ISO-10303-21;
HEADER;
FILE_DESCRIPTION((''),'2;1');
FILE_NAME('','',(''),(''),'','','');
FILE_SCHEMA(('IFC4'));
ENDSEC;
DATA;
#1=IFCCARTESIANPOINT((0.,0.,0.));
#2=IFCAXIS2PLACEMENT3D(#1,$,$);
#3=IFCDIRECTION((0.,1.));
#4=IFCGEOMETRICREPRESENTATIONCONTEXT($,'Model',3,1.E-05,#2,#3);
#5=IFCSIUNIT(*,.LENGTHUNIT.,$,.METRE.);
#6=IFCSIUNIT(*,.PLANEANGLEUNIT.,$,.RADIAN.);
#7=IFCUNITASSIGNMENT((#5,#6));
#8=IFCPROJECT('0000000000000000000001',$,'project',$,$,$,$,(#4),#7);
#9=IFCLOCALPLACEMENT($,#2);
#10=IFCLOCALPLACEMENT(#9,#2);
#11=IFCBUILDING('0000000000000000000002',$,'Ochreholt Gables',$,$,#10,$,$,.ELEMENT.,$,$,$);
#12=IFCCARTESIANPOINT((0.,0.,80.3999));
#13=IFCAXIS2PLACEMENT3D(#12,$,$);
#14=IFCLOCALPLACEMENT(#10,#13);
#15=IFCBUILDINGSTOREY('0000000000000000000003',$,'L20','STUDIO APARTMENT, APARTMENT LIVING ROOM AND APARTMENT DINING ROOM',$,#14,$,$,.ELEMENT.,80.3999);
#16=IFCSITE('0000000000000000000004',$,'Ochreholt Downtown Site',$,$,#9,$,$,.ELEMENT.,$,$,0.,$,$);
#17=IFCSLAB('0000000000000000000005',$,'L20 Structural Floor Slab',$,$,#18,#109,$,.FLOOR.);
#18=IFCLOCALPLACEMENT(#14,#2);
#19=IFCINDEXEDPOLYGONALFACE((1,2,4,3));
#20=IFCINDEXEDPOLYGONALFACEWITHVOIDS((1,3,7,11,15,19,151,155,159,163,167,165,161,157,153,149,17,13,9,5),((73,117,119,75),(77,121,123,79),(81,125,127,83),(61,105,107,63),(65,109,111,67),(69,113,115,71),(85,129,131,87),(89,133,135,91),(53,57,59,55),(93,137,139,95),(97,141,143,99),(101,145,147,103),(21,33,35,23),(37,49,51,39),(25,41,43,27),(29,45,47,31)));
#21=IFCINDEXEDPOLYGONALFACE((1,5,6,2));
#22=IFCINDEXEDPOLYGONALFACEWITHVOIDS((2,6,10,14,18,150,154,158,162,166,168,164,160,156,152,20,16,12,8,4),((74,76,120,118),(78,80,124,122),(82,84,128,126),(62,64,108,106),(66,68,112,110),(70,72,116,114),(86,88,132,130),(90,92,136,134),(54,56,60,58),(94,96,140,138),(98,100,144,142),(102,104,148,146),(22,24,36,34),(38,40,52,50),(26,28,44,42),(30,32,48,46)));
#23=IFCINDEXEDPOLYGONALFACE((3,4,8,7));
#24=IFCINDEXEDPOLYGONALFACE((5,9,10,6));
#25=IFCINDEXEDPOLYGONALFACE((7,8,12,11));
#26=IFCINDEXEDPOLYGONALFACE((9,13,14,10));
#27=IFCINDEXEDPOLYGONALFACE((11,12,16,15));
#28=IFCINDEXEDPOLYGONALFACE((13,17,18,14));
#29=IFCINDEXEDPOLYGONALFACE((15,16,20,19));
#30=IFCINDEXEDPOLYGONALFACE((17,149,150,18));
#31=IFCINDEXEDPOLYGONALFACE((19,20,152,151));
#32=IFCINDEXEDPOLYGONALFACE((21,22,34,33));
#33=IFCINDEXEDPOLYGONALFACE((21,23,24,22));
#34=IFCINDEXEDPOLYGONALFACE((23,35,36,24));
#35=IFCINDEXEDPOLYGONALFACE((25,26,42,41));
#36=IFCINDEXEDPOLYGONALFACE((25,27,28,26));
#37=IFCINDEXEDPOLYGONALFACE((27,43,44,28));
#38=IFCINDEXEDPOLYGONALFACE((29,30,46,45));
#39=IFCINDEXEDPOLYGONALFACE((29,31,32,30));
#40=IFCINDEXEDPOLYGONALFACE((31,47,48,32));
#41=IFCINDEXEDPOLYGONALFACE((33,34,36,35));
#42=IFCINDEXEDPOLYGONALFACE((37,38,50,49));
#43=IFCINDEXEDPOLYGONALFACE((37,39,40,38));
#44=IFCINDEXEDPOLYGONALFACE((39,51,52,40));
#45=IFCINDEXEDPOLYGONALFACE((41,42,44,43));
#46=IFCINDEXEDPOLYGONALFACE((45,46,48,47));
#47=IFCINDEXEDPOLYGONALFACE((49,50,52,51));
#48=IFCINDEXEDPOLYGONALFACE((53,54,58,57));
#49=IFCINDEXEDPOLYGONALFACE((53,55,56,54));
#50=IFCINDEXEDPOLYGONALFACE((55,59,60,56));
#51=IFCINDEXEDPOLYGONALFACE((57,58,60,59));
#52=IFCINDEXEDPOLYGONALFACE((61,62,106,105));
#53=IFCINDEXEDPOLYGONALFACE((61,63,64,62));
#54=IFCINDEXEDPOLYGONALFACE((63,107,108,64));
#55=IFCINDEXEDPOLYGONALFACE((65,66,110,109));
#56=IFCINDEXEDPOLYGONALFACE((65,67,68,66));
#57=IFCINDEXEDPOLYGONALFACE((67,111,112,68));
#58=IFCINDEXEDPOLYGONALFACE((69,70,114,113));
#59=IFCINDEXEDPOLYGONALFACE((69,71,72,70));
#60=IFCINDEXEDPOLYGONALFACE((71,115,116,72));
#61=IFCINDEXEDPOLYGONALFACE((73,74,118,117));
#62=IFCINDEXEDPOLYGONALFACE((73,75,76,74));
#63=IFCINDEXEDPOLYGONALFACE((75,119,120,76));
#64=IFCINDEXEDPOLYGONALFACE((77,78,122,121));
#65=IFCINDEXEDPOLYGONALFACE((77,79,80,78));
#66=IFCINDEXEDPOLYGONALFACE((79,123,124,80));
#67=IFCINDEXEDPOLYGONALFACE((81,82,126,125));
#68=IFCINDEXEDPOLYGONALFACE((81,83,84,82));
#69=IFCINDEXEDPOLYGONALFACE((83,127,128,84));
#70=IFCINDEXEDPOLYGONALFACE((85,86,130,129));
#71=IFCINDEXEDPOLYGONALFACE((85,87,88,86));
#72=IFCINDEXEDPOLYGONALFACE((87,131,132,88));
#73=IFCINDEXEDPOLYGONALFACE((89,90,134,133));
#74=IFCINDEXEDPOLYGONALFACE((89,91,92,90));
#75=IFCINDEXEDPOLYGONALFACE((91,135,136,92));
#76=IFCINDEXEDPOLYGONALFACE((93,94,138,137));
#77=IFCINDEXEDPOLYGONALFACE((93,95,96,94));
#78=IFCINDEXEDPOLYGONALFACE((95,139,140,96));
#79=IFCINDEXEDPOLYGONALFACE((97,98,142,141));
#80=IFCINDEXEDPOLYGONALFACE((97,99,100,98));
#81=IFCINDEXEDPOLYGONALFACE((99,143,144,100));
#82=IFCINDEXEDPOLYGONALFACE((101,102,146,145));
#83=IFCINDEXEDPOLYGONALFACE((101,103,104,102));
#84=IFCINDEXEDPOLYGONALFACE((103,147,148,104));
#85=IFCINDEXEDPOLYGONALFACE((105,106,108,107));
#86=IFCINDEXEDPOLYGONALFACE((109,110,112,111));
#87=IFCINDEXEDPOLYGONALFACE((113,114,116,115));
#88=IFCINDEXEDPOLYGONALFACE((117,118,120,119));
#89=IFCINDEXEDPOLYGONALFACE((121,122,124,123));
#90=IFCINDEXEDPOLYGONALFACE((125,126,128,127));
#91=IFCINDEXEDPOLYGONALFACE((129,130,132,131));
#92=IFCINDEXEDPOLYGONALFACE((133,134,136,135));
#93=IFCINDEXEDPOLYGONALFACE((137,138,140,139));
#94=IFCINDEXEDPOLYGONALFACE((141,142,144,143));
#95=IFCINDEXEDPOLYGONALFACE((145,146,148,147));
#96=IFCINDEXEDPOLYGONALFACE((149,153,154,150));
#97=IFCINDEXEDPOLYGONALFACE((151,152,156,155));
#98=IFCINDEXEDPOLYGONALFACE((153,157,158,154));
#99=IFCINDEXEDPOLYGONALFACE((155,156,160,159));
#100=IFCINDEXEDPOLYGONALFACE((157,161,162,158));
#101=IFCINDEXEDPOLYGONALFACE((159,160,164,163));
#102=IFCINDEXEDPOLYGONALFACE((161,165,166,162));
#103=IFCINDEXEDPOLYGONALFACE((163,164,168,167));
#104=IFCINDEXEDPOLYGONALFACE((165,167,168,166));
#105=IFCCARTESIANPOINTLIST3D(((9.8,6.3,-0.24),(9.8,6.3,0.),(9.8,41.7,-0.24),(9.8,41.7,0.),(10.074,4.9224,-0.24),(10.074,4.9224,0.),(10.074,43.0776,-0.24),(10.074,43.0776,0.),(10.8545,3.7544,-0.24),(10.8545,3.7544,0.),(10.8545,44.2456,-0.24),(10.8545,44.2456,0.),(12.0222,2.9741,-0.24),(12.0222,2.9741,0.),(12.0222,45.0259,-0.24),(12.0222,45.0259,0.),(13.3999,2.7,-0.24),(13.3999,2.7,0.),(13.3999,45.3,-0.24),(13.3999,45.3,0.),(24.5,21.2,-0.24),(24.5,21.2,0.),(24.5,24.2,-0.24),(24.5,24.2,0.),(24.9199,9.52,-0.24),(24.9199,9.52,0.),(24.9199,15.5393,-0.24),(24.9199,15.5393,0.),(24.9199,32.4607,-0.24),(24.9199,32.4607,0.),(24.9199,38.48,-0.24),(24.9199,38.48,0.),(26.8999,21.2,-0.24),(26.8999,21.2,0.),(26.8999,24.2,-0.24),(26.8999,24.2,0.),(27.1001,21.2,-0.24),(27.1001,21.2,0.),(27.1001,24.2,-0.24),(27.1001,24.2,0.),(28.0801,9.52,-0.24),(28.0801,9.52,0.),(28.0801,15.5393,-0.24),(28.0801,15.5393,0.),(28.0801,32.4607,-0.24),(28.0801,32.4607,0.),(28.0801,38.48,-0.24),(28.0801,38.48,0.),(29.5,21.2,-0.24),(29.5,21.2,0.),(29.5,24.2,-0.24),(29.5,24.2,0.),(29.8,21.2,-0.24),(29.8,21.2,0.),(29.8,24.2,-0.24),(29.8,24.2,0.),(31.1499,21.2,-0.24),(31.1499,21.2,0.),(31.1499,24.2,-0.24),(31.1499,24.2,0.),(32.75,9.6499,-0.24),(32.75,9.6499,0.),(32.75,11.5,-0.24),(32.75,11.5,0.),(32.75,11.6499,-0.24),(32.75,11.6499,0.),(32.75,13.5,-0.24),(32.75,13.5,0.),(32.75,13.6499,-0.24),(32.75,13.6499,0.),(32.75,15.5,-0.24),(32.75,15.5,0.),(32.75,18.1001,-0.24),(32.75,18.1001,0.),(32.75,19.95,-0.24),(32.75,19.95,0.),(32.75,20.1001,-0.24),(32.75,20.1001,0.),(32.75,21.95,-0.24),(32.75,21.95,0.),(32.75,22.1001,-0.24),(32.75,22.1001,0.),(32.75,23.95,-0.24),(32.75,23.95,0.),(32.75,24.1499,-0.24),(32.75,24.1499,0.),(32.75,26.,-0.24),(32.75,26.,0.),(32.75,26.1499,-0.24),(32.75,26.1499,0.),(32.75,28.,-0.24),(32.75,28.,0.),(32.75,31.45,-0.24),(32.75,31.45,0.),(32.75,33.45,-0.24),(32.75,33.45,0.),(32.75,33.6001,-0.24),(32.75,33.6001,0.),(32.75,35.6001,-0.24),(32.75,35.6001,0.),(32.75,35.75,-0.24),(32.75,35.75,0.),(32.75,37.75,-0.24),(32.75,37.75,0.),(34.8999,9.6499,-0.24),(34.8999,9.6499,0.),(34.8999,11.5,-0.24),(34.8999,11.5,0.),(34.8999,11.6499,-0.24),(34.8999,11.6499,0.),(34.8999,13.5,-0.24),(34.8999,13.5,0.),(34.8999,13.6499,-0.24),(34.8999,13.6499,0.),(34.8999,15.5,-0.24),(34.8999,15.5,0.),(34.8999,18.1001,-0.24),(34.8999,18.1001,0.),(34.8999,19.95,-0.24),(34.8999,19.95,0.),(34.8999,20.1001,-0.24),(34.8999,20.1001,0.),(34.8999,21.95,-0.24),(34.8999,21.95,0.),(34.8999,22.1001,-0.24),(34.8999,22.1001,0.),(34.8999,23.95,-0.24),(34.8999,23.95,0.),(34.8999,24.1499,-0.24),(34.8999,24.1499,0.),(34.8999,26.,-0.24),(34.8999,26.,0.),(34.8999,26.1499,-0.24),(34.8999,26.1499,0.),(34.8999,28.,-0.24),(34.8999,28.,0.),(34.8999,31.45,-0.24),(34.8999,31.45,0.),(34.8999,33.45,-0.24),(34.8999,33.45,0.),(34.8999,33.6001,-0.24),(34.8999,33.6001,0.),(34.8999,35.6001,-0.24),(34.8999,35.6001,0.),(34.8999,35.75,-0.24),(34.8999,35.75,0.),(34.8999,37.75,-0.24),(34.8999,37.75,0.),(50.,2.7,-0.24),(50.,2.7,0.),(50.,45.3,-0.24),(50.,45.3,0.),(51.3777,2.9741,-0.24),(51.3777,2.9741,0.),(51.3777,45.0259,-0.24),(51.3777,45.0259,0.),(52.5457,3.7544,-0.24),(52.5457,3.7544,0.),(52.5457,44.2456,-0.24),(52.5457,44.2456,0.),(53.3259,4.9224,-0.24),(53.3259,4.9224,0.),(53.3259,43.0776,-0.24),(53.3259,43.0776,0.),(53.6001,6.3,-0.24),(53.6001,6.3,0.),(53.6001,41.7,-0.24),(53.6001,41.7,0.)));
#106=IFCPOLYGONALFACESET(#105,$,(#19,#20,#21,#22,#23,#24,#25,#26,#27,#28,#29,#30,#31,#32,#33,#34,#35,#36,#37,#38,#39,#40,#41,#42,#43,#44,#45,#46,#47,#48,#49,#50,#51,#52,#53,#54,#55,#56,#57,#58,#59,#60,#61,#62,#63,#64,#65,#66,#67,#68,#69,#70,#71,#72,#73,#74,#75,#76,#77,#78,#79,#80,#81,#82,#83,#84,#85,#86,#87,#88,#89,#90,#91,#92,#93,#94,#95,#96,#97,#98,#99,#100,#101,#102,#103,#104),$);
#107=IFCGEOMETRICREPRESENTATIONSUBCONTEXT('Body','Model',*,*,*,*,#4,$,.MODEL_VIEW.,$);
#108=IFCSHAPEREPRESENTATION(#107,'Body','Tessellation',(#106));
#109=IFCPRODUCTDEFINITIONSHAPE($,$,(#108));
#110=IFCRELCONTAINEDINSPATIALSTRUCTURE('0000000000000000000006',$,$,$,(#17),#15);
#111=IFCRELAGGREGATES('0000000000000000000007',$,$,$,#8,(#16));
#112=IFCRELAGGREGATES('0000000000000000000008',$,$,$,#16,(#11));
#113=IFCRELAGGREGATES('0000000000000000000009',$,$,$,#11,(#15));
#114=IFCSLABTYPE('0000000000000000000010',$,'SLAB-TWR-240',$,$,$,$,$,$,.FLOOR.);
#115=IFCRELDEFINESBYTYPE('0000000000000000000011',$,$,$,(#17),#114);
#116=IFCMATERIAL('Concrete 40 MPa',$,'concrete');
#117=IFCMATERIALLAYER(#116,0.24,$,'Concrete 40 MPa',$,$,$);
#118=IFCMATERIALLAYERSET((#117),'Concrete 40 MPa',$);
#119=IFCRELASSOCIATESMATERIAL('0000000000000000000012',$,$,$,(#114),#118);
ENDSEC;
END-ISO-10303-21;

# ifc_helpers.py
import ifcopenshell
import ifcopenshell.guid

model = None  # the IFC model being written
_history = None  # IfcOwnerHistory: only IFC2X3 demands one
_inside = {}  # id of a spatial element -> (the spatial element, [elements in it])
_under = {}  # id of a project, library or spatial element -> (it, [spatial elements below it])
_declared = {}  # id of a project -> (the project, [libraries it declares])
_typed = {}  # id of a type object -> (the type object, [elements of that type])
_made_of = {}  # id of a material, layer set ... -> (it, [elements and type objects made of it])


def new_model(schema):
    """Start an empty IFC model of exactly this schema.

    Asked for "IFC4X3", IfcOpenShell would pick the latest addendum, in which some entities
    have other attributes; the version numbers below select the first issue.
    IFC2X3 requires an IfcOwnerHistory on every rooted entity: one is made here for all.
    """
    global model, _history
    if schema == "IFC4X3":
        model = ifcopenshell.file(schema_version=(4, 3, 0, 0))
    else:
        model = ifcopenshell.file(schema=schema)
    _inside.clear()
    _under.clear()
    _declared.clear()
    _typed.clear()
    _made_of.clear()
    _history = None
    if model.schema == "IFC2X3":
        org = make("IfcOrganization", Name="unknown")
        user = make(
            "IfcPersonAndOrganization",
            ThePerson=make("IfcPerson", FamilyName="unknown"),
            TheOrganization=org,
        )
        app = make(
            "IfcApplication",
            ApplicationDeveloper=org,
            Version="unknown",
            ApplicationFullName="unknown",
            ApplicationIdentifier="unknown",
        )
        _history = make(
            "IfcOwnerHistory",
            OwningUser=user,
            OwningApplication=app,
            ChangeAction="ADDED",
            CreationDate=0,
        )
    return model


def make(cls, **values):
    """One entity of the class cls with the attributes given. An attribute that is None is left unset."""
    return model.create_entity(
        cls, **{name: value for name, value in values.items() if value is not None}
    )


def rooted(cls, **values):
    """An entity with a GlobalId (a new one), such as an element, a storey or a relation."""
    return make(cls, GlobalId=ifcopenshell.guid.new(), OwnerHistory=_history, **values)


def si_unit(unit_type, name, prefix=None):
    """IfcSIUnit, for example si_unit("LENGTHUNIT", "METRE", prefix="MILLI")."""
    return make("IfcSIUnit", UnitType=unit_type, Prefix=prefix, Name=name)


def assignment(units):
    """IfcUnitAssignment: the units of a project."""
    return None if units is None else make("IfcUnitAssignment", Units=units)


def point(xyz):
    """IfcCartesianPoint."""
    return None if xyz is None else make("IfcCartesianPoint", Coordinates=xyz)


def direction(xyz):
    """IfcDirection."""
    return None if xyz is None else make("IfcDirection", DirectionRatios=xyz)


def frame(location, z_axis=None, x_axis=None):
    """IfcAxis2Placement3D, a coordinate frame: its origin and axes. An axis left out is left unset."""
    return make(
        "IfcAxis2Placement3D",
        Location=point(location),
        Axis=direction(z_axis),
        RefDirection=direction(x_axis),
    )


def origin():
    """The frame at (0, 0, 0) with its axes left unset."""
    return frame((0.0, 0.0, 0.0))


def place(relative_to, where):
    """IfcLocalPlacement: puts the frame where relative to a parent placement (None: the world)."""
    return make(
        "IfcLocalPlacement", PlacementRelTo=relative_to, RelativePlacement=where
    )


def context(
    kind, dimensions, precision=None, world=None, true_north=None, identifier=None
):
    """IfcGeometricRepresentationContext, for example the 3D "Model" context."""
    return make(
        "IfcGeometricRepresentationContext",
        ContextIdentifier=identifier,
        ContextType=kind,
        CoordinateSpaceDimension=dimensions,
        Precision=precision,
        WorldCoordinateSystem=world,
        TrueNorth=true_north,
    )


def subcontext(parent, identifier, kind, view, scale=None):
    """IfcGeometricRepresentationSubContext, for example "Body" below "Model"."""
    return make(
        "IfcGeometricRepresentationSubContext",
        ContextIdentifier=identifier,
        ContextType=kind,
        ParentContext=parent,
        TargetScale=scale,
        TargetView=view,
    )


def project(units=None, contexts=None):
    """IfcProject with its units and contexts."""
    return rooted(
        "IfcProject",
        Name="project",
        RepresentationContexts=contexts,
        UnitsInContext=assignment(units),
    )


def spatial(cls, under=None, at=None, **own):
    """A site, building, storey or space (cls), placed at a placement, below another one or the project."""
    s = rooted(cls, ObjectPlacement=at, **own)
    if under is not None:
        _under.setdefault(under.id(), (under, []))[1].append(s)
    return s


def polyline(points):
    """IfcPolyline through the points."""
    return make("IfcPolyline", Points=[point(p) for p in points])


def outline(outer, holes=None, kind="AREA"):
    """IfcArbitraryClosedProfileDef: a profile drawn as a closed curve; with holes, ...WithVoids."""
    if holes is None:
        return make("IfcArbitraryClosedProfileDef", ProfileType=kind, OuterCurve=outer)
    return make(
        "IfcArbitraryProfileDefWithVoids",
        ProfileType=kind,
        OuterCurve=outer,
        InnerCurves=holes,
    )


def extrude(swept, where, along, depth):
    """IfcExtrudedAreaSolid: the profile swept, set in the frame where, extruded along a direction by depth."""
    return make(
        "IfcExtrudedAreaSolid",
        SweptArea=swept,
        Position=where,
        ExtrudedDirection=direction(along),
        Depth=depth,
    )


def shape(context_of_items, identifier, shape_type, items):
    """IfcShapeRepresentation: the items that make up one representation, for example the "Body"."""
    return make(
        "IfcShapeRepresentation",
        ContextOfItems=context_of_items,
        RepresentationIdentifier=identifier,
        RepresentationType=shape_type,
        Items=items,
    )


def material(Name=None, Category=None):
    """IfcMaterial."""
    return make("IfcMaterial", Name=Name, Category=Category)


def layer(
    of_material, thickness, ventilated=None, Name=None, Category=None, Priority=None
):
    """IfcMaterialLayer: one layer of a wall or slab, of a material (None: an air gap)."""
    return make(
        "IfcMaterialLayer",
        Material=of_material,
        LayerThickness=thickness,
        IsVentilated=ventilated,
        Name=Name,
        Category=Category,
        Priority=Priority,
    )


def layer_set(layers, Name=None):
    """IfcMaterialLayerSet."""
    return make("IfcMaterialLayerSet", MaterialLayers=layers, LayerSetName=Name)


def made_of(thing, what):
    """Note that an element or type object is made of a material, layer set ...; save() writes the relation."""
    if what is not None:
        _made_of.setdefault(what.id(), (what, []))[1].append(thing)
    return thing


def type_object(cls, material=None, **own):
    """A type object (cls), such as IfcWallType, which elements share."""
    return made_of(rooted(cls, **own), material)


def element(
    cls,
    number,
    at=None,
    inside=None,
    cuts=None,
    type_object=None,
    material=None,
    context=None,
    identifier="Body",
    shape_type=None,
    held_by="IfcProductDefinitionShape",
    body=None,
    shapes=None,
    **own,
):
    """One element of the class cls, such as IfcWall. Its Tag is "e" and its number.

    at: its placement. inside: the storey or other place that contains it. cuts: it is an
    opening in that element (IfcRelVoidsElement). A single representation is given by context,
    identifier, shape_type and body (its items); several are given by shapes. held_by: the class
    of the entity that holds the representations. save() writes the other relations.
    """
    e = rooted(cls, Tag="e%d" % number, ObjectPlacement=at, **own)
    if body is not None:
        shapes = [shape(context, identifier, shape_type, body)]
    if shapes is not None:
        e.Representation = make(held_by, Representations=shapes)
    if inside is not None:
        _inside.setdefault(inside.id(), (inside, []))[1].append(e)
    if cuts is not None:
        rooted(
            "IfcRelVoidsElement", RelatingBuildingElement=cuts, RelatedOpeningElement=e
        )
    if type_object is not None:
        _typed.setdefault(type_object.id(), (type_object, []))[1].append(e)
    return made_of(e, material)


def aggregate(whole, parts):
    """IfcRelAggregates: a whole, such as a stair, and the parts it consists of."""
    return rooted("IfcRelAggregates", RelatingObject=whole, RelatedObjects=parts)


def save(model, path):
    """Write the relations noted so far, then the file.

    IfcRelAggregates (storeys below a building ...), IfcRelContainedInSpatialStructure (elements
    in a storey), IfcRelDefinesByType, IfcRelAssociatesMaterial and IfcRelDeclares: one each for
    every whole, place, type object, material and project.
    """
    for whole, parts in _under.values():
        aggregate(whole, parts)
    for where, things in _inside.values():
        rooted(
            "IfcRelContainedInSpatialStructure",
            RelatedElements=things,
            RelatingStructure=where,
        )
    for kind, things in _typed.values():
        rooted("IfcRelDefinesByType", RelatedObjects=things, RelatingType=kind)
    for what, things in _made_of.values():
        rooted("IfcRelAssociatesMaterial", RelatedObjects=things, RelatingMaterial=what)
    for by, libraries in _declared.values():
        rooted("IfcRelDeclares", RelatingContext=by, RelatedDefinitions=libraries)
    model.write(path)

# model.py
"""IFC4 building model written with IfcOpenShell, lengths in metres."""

from ifc_helpers import new_model, si_unit, direction, frame, origin, place, context, subcontext, project, spatial, polyline, outline, extrude, material, layer, layer_set, type_object, element, save


model = new_model("IFC4")

# Units and contexts
model_context = context("Model", 3, precision=1e-05, world=origin(), true_north=direction((0.0, 1.0)))
body_context = subcontext(model_context, "Body", "Model", "MODEL_VIEW")
ifc_project = project(units=[si_unit("LENGTHUNIT", "METRE"), si_unit("PLANEANGLEUNIT", "RADIAN")], contexts=[model_context])

# Site, building, storey
site_placement = place(None, origin())
site = spatial("IfcSite", under=ifc_project, at=site_placement, Name="Ochreholt Downtown Site", CompositionType="ELEMENT", RefElevation=0.0)
building_placement = place(site_placement, origin())
building = spatial("IfcBuilding", under=site, at=building_placement, Name="Ochreholt Gables", CompositionType="ELEMENT")
storey_placement = place(building_placement, frame((0.0, 0.0, 80.3999)))
storey = spatial("IfcBuildingStorey", under=building, at=storey_placement, Name="L20", Description="STUDIO APARTMENT, APARTMENT LIVING ROOM AND APARTMENT DINING ROOM", CompositionType="ELEMENT", Elevation=80.3999)

# Shared definitions
ifc_material_1 = material(Name="Concrete 40 MPa", Category="concrete")

# Slab
ifc_layer_1 = layer(ifc_material_1, 0.24, Name="Concrete 40 MPa")
ifc_layer_set_1 = layer_set([ifc_layer_1], Name="Concrete 40 MPa")
slab_type_1 = type_object("IfcSlabType", Name="SLAB-TWR-240", PredefinedType="FLOOR", material=ifc_layer_set_1)
slab_1_placement = place(storey_placement, frame((0.0, 0.0, -0.24)))
element("IfcSlab", 1, at=slab_1_placement, inside=storey, type_object=slab_type_1, Name="L20 Structural Floor Slab", PredefinedType="FLOOR", context=body_context, shape_type="SweptSolid", body=[
    extrude(outline(polyline([(9.8, 6.3), (10.074, 4.9224), (10.8545, 3.7544), (12.0222, 2.9741), (13.3999, 2.7), (50.0, 2.7), (51.3777, 2.9741), (52.5457, 3.7544), (53.3259, 4.9224), (53.6001, 6.3), (53.6001, 41.7), (53.3259, 43.0776), (52.5457, 44.2456), (51.3777, 45.0259), (50.0, 45.3), (13.3999, 45.3), (12.0222, 45.0259), (10.8545, 44.2456), (10.074, 43.0776), (9.8, 41.7), (9.8, 6.3)]), holes=[polyline([(24.9199, 15.5393), (24.9199, 9.52), (28.0801, 9.52), (28.0801, 15.5393), (24.9199, 15.5393)]), polyline([(28.0801, 32.4607), (28.0801, 38.48), (24.9199, 38.48), (24.9199, 32.4607), (28.0801, 32.4607)]), polyline([(24.5, 21.2), (26.8999, 21.2), (26.8999, 24.2), (24.5, 24.2), (24.5, 21.2)]), polyline([(27.1001, 21.2), (29.5, 21.2), (29.5, 24.2), (27.1001, 24.2), (27.1001, 21.2)]), polyline([(32.75, 9.6499), (34.8999, 9.6499), (34.8999, 11.5), (32.75, 11.5), (32.75, 9.6499)]), polyline([(32.75, 11.6499), (34.8999, 11.6499), (34.8999, 13.5), (32.75, 13.5), (32.75, 11.6499)]), polyline([(32.75, 13.6499), (34.8999, 13.6499), (34.8999, 15.5), (32.75, 15.5), (32.75, 13.6499)]), polyline([(32.75, 18.1001), (34.8999, 18.1001), (34.8999, 19.95), (32.75, 19.95), (32.75, 18.1001)]), polyline([(32.75, 20.1001), (34.8999, 20.1001), (34.8999, 21.95), (32.75, 21.95), (32.75, 20.1001)]), polyline([(32.75, 22.1001), (34.8999, 22.1001), (34.8999, 23.95), (32.75, 23.95), (32.75, 22.1001)]), polyline([(32.75, 24.1499), (34.8999, 24.1499), (34.8999, 26.0), (32.75, 26.0), (32.75, 24.1499)]), polyline([(32.75, 26.1499), (34.8999, 26.1499), (34.8999, 28.0), (32.75, 28.0), (32.75, 26.1499)]), polyline([(32.75, 31.45), (34.8999, 31.45), (34.8999, 33.45), (32.75, 33.45), (32.75, 31.45)]), polyline([(32.75, 33.6001), (34.8999, 33.6001), (34.8999, 35.6001), (32.75, 35.6001), (32.75, 33.6001)]), polyline([(32.75, 35.75), (34.8999, 35.75), (34.8999, 37.75), (32.75, 37.75), (32.75, 35.75)]), polyline([(29.8, 21.2), (31.1499, 21.2), (31.1499, 24.2), (29.8, 24.2), (29.8, 21.2)])]), origin(), (0.0, 0.0, 1.0), 0.24),
])

save(model, "model.ifc")
